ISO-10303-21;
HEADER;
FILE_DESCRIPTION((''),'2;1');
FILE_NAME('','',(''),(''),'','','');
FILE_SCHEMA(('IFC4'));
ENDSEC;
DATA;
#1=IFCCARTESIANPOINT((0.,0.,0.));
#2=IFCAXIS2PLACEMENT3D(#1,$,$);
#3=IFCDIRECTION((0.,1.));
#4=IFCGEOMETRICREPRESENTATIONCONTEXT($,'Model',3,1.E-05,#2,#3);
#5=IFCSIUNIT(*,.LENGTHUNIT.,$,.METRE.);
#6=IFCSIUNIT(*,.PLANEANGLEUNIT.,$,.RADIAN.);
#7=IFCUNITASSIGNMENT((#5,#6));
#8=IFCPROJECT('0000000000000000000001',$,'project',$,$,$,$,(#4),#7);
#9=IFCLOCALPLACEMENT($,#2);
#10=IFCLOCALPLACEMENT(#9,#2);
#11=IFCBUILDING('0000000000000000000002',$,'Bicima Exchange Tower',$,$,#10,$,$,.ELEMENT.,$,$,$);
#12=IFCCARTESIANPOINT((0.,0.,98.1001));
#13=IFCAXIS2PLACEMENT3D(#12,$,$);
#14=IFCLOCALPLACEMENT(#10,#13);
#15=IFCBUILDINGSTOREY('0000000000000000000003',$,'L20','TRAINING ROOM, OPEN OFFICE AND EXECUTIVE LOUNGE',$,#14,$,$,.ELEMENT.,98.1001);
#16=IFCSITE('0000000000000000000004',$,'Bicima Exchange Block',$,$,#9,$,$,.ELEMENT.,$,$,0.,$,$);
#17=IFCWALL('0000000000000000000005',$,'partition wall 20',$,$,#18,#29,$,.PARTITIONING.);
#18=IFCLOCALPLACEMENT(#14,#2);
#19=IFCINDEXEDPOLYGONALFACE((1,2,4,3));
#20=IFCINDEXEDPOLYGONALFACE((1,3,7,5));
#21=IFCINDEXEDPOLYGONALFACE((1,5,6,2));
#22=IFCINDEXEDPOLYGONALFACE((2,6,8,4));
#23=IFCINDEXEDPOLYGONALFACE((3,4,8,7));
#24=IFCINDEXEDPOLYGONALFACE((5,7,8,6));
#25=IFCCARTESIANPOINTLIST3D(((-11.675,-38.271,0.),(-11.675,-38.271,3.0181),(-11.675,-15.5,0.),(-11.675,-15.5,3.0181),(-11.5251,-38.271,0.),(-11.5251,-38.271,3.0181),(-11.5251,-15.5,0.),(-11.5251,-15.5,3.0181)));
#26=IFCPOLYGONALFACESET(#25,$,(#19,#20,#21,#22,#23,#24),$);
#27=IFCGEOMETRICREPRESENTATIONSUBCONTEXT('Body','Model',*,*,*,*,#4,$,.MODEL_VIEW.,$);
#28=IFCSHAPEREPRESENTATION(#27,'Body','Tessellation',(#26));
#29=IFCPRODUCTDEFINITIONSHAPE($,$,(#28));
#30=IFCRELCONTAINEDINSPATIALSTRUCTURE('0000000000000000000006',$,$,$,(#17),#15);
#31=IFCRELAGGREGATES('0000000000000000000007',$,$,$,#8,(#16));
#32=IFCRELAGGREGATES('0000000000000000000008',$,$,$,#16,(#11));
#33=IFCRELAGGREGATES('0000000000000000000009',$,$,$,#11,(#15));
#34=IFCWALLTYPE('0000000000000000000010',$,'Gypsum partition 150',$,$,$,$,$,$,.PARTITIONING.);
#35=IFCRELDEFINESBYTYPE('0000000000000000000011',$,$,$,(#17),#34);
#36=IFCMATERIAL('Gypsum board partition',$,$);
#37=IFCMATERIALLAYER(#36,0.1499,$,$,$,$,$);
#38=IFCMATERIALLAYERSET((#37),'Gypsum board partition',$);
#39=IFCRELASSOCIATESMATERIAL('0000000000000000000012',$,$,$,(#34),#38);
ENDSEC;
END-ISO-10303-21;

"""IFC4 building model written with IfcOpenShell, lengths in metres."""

from ifc_helpers import new_model, si_unit, direction, frame, frame_2d, origin, place, context, subcontext, project, spatial, rectangle, extrude, material, layer, layer_set, type_object, element, save


model = new_model("IFC4")

# Units and contexts
model_context = context("Model", 3, precision=1e-05, world=origin(), true_north=direction((0.0, 1.0)))
body_context = subcontext(model_context, "Body", "Model", "MODEL_VIEW")
ifc_project = project(units=[si_unit("LENGTHUNIT", "METRE"), si_unit("PLANEANGLEUNIT", "RADIAN")], contexts=[model_context])

# Site, building, storey
site_placement = place(None, origin())
site = spatial("IfcSite", under=ifc_project, at=site_placement, Name="Bicima Exchange Block", CompositionType="ELEMENT", RefElevation=0.0)
building_placement = place(site_placement, origin())
building = spatial("IfcBuilding", under=site, at=building_placement, Name="Bicima Exchange Tower", CompositionType="ELEMENT")
storey_placement = place(building_placement, frame((0.0, 0.0, 98.1001)))
storey = spatial("IfcBuildingStorey", under=building, at=storey_placement, Name="L20", Description="TRAINING ROOM, OPEN OFFICE AND EXECUTIVE LOUNGE", CompositionType="ELEMENT", Elevation=98.1001)

# Wall
ifc_material_1 = material(Name="Gypsum board partition")
ifc_layer_1 = layer(ifc_material_1, 0.1499)
ifc_layer_set_1 = layer_set([ifc_layer_1], Name="Gypsum board partition")
wall_type = type_object("IfcWallType", Name="Gypsum partition 150", PredefinedType="PARTITIONING", material=ifc_layer_set_1)
wall_1_placement = place(storey_placement, frame((-11.6001, -38.271, 0.0), z_axis=(0.0, 0.0, 1.0), x_axis=(0.0, 1.0, 0.0)))
element("IfcWall", 1, at=wall_1_placement, inside=storey, type_object=wall_type, Name="partition wall 20", PredefinedType="PARTITIONING", context=body_context, shape_type="SweptSolid", body=[
    extrude(rectangle(XDim=22.771, YDim=0.1499, at=frame_2d((11.3855, 0.0))), origin(), (0.0, 0.0, 1.0), 3.0181),
])

save(model, "model.ifc")
